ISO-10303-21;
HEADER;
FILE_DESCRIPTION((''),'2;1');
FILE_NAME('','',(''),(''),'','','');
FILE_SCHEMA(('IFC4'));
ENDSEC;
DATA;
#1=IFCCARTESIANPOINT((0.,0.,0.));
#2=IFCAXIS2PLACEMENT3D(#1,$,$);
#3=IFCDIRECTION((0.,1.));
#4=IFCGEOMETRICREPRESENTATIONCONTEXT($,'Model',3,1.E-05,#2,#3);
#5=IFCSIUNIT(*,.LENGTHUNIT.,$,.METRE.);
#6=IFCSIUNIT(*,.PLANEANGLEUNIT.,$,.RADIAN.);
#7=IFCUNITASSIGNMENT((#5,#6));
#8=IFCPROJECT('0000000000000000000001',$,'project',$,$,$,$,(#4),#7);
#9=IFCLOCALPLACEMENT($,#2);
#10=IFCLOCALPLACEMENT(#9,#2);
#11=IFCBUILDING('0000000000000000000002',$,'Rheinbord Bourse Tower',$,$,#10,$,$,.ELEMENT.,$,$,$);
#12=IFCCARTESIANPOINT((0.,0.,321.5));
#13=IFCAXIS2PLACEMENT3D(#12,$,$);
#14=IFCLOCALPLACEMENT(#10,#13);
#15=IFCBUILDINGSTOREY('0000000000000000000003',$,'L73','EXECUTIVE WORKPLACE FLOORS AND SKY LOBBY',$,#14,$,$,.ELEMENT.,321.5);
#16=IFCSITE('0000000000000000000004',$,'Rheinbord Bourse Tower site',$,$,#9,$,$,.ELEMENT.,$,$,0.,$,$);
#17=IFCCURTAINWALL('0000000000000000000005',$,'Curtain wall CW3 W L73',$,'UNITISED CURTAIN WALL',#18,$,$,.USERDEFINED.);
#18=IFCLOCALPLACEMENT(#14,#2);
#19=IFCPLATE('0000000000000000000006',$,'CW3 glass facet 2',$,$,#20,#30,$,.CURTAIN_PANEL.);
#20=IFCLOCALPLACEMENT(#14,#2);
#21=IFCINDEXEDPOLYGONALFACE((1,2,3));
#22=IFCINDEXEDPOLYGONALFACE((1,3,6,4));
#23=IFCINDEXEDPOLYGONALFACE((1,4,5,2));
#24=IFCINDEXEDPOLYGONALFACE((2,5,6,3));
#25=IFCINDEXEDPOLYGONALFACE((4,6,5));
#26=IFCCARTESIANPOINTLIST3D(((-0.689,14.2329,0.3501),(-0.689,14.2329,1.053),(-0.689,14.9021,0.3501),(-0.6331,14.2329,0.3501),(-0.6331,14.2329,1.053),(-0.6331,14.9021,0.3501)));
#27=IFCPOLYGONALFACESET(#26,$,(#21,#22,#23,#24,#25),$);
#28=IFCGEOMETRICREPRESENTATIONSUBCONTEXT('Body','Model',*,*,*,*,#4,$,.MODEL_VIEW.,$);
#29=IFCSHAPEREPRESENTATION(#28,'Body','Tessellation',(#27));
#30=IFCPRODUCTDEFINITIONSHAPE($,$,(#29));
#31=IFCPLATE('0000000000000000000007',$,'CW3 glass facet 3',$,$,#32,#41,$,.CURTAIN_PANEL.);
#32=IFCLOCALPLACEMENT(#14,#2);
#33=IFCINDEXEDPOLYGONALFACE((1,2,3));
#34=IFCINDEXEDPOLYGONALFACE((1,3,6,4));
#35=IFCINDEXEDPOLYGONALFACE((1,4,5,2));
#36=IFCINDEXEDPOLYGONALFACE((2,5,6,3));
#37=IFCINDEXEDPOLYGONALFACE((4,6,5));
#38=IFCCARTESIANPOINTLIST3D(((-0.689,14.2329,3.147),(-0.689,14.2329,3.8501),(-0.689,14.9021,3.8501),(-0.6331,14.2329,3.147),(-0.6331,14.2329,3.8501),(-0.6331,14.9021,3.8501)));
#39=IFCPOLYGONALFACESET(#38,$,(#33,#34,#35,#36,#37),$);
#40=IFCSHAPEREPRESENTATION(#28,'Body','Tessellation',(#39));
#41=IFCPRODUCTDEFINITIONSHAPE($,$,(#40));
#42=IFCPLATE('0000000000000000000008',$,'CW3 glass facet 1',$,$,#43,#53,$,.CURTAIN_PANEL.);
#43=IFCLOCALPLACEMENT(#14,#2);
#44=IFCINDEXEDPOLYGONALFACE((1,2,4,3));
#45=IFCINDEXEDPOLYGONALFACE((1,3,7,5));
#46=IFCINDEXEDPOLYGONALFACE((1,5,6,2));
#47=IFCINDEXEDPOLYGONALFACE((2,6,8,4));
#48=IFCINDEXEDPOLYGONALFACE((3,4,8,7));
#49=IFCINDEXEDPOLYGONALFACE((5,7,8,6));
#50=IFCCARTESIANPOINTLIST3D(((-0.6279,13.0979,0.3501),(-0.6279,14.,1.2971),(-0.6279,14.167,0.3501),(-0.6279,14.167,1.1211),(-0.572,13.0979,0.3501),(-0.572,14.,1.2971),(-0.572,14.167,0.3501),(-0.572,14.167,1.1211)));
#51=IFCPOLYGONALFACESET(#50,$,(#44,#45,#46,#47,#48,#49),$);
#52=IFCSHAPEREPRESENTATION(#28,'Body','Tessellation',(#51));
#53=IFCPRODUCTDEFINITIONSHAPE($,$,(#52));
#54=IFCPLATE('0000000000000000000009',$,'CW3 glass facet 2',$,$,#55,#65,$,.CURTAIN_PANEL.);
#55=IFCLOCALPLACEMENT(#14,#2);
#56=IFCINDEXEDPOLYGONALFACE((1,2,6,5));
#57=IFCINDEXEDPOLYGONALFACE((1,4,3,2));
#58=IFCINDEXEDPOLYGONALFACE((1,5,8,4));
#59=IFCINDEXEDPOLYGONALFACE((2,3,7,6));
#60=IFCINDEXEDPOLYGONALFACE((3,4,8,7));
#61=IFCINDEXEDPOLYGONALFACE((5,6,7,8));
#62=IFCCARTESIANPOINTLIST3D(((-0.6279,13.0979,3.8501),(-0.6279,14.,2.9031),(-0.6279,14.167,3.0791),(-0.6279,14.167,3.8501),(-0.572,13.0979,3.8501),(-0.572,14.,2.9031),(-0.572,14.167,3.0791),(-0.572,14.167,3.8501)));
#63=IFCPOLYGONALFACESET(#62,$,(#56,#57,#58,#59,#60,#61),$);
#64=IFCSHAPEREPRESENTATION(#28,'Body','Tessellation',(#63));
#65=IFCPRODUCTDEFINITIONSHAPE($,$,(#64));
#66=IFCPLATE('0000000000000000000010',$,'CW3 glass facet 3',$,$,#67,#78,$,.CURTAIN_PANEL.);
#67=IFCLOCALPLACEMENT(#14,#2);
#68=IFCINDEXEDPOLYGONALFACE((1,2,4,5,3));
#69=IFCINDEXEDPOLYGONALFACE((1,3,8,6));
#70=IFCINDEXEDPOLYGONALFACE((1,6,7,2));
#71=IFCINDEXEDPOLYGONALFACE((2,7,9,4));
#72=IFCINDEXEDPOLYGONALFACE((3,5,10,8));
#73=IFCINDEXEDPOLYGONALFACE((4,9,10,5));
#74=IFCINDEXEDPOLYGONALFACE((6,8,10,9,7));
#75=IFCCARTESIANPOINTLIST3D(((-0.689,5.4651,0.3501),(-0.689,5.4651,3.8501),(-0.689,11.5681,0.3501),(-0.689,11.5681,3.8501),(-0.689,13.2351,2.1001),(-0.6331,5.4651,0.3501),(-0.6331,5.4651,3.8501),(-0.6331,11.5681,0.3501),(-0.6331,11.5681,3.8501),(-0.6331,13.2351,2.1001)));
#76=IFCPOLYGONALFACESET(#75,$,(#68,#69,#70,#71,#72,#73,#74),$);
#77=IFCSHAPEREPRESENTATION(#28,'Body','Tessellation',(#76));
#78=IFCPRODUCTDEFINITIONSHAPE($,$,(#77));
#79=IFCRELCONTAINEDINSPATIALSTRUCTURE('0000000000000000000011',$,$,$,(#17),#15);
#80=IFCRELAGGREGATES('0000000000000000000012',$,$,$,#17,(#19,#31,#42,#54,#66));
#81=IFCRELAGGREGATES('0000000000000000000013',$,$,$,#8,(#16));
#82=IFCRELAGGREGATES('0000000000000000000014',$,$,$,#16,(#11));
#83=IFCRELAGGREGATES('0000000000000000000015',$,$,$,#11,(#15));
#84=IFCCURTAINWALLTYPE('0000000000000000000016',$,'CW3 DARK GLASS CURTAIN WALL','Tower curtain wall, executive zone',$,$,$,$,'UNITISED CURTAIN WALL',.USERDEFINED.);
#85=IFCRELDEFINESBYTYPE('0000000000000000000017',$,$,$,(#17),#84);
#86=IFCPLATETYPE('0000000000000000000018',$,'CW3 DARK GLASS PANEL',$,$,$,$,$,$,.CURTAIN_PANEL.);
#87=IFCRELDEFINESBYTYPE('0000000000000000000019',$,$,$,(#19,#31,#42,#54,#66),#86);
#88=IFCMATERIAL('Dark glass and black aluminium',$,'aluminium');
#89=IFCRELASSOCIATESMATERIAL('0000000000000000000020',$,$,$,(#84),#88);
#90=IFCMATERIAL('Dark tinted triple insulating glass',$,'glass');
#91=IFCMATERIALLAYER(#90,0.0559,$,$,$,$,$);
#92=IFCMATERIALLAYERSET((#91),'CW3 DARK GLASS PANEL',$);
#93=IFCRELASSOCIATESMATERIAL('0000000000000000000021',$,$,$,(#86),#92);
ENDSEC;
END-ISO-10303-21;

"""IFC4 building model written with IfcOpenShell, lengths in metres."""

from ifc_helpers import new_model, si_unit, direction, frame, origin, place, context, subcontext, project, spatial, polyline, outline, extrude, material, layer, layer_set, type_object, element, aggregate, save


model = new_model("IFC4")

# Units and contexts
model_context = context("Model", 3, precision=1e-05, world=origin(), true_north=direction((0.0, 1.0)))
body_context = subcontext(model_context, "Body", "Model", "MODEL_VIEW")
ifc_project = project(units=[si_unit("LENGTHUNIT", "METRE"), si_unit("PLANEANGLEUNIT", "RADIAN")], contexts=[model_context])

# Site, building, storey
site_placement = place(None, origin())
site = spatial("IfcSite", under=ifc_project, at=site_placement, Name="Rheinbord Bourse Tower site", CompositionType="ELEMENT", RefElevation=0.0)
building_placement = place(site_placement, origin())
building = spatial("IfcBuilding", under=site, at=building_placement, Name="Rheinbord Bourse Tower", CompositionType="ELEMENT")
storey_placement = place(building_placement, frame((0.0, 0.0, 321.5)))
storey = spatial("IfcBuildingStorey", under=building, at=storey_placement, Name="L73", Description="EXECUTIVE WORKPLACE FLOORS AND SKY LOBBY", CompositionType="ELEMENT", Elevation=321.5)

# Curtain wall
ifc_material_1 = material(Name="Dark glass and black aluminium", Category="aluminium")
curtain_wall_type = type_object("IfcCurtainWallType", Name="CW3 DARK GLASS CURTAIN WALL", Description="Tower curtain wall, executive zone", ElementType="UNITISED CURTAIN WALL", PredefinedType="USERDEFINED", material=ifc_material_1)
curtain_wall_placement = place(storey_placement, origin())
curtain_wall = element("IfcCurtainWall", 1, at=curtain_wall_placement, inside=storey, type_object=curtain_wall_type, Name="Curtain wall CW3 W L73", ObjectType="UNITISED CURTAIN WALL", PredefinedType="USERDEFINED")

# Plates
ifc_material_2 = material(Name="Dark tinted triple insulating glass", Category="glass")
ifc_layer = layer(ifc_material_2, 0.0559)
ifc_layer_set = layer_set([ifc_layer], Name="CW3 DARK GLASS PANEL")
plate_type = type_object("IfcPlateType", Name="CW3 DARK GLASS PANEL", PredefinedType="CURTAIN_PANEL", material=ifc_layer_set)
plate_1_placement = place(storey_placement, frame((-0.689, 14.2329, 0.3501), z_axis=(1.0, 0.0, 0.0), x_axis=(0.0, 1.0, 0.0)))
plate_1 = element("IfcPlate", 2, at=plate_1_placement, type_object=plate_type, Name="CW3 glass facet 2", PredefinedType="CURTAIN_PANEL", context=body_context, shape_type="SweptSolid", body=[
    extrude(outline(polyline([(0.0, 0.0), (0.6692, 0.0), (0.0, 0.7029), (0.0, 0.0)])), origin(), (0.0, 0.0, 1.0), 0.0559),
])
plate_2_placement = place(storey_placement, frame((-0.689, 14.2329, 3.8501), z_axis=(1.0, 0.0, 0.0), x_axis=(0.0, 0.0, -1.0)))
plate_2 = element("IfcPlate", 3, at=plate_2_placement, type_object=plate_type, Name="CW3 glass facet 3", PredefinedType="CURTAIN_PANEL", context=body_context, shape_type="SweptSolid", body=[
    extrude(outline(polyline([(0.0, 0.0), (0.7031, 0.0), (0.0, 0.6692), (0.0, 0.0)])), origin(), (0.0, 0.0, 1.0), 0.0559),
])
plate_3_placement = place(storey_placement, frame((-0.6279, 14.167, 0.3501), z_axis=(1.0, 0.0, 0.0), x_axis=(0.0, 0.0, 1.0)))
plate_3 = element("IfcPlate", 4, at=plate_3_placement, type_object=plate_type, Name="CW3 glass facet 1", PredefinedType="CURTAIN_PANEL", context=body_context, shape_type="SweptSolid", body=[
    extrude(outline(polyline([(0.0, 0.0), (0.771, 0.0), (0.947, 0.167), (0.0, 1.0691), (0.0, 0.0)])), origin(), (0.0, 0.0, 1.0), 0.0559),
])
plate_4_placement = place(storey_placement, frame((-0.6279, 14.167, 3.8501), z_axis=(1.0, 0.0, 0.0), x_axis=(0.0, -1.0, 0.0)))
plate_4 = element("IfcPlate", 5, at=plate_4_placement, type_object=plate_type, Name="CW3 glass facet 2", PredefinedType="CURTAIN_PANEL", context=body_context, shape_type="SweptSolid", body=[
    extrude(outline(polyline([(0.0, 0.0), (1.0691, 0.0), (0.167, 0.947), (0.0, 0.771), (0.0, 0.0)])), origin(), (0.0, 0.0, 1.0), 0.0559),
])
plate_5_placement = place(storey_placement, frame((-0.689, 5.4651, 3.8501), z_axis=(1.0, 0.0, 0.0), x_axis=(0.0, 0.0, -1.0)))
plate_5 = element("IfcPlate", 6, at=plate_5_placement, type_object=plate_type, Name="CW3 glass facet 3", PredefinedType="CURTAIN_PANEL", context=body_context, shape_type="SweptSolid", body=[
    extrude(outline(polyline([(0.0, 0.0), (3.5, 0.0), (3.5, 6.103), (1.75, 7.77), (0.0, 6.103), (0.0, 0.0)])), origin(), (0.0, 0.0, 1.0), 0.0559),
])
aggregate(curtain_wall, [plate_1, plate_2, plate_3, plate_4, plate_5])

save(model, "model.ifc")
